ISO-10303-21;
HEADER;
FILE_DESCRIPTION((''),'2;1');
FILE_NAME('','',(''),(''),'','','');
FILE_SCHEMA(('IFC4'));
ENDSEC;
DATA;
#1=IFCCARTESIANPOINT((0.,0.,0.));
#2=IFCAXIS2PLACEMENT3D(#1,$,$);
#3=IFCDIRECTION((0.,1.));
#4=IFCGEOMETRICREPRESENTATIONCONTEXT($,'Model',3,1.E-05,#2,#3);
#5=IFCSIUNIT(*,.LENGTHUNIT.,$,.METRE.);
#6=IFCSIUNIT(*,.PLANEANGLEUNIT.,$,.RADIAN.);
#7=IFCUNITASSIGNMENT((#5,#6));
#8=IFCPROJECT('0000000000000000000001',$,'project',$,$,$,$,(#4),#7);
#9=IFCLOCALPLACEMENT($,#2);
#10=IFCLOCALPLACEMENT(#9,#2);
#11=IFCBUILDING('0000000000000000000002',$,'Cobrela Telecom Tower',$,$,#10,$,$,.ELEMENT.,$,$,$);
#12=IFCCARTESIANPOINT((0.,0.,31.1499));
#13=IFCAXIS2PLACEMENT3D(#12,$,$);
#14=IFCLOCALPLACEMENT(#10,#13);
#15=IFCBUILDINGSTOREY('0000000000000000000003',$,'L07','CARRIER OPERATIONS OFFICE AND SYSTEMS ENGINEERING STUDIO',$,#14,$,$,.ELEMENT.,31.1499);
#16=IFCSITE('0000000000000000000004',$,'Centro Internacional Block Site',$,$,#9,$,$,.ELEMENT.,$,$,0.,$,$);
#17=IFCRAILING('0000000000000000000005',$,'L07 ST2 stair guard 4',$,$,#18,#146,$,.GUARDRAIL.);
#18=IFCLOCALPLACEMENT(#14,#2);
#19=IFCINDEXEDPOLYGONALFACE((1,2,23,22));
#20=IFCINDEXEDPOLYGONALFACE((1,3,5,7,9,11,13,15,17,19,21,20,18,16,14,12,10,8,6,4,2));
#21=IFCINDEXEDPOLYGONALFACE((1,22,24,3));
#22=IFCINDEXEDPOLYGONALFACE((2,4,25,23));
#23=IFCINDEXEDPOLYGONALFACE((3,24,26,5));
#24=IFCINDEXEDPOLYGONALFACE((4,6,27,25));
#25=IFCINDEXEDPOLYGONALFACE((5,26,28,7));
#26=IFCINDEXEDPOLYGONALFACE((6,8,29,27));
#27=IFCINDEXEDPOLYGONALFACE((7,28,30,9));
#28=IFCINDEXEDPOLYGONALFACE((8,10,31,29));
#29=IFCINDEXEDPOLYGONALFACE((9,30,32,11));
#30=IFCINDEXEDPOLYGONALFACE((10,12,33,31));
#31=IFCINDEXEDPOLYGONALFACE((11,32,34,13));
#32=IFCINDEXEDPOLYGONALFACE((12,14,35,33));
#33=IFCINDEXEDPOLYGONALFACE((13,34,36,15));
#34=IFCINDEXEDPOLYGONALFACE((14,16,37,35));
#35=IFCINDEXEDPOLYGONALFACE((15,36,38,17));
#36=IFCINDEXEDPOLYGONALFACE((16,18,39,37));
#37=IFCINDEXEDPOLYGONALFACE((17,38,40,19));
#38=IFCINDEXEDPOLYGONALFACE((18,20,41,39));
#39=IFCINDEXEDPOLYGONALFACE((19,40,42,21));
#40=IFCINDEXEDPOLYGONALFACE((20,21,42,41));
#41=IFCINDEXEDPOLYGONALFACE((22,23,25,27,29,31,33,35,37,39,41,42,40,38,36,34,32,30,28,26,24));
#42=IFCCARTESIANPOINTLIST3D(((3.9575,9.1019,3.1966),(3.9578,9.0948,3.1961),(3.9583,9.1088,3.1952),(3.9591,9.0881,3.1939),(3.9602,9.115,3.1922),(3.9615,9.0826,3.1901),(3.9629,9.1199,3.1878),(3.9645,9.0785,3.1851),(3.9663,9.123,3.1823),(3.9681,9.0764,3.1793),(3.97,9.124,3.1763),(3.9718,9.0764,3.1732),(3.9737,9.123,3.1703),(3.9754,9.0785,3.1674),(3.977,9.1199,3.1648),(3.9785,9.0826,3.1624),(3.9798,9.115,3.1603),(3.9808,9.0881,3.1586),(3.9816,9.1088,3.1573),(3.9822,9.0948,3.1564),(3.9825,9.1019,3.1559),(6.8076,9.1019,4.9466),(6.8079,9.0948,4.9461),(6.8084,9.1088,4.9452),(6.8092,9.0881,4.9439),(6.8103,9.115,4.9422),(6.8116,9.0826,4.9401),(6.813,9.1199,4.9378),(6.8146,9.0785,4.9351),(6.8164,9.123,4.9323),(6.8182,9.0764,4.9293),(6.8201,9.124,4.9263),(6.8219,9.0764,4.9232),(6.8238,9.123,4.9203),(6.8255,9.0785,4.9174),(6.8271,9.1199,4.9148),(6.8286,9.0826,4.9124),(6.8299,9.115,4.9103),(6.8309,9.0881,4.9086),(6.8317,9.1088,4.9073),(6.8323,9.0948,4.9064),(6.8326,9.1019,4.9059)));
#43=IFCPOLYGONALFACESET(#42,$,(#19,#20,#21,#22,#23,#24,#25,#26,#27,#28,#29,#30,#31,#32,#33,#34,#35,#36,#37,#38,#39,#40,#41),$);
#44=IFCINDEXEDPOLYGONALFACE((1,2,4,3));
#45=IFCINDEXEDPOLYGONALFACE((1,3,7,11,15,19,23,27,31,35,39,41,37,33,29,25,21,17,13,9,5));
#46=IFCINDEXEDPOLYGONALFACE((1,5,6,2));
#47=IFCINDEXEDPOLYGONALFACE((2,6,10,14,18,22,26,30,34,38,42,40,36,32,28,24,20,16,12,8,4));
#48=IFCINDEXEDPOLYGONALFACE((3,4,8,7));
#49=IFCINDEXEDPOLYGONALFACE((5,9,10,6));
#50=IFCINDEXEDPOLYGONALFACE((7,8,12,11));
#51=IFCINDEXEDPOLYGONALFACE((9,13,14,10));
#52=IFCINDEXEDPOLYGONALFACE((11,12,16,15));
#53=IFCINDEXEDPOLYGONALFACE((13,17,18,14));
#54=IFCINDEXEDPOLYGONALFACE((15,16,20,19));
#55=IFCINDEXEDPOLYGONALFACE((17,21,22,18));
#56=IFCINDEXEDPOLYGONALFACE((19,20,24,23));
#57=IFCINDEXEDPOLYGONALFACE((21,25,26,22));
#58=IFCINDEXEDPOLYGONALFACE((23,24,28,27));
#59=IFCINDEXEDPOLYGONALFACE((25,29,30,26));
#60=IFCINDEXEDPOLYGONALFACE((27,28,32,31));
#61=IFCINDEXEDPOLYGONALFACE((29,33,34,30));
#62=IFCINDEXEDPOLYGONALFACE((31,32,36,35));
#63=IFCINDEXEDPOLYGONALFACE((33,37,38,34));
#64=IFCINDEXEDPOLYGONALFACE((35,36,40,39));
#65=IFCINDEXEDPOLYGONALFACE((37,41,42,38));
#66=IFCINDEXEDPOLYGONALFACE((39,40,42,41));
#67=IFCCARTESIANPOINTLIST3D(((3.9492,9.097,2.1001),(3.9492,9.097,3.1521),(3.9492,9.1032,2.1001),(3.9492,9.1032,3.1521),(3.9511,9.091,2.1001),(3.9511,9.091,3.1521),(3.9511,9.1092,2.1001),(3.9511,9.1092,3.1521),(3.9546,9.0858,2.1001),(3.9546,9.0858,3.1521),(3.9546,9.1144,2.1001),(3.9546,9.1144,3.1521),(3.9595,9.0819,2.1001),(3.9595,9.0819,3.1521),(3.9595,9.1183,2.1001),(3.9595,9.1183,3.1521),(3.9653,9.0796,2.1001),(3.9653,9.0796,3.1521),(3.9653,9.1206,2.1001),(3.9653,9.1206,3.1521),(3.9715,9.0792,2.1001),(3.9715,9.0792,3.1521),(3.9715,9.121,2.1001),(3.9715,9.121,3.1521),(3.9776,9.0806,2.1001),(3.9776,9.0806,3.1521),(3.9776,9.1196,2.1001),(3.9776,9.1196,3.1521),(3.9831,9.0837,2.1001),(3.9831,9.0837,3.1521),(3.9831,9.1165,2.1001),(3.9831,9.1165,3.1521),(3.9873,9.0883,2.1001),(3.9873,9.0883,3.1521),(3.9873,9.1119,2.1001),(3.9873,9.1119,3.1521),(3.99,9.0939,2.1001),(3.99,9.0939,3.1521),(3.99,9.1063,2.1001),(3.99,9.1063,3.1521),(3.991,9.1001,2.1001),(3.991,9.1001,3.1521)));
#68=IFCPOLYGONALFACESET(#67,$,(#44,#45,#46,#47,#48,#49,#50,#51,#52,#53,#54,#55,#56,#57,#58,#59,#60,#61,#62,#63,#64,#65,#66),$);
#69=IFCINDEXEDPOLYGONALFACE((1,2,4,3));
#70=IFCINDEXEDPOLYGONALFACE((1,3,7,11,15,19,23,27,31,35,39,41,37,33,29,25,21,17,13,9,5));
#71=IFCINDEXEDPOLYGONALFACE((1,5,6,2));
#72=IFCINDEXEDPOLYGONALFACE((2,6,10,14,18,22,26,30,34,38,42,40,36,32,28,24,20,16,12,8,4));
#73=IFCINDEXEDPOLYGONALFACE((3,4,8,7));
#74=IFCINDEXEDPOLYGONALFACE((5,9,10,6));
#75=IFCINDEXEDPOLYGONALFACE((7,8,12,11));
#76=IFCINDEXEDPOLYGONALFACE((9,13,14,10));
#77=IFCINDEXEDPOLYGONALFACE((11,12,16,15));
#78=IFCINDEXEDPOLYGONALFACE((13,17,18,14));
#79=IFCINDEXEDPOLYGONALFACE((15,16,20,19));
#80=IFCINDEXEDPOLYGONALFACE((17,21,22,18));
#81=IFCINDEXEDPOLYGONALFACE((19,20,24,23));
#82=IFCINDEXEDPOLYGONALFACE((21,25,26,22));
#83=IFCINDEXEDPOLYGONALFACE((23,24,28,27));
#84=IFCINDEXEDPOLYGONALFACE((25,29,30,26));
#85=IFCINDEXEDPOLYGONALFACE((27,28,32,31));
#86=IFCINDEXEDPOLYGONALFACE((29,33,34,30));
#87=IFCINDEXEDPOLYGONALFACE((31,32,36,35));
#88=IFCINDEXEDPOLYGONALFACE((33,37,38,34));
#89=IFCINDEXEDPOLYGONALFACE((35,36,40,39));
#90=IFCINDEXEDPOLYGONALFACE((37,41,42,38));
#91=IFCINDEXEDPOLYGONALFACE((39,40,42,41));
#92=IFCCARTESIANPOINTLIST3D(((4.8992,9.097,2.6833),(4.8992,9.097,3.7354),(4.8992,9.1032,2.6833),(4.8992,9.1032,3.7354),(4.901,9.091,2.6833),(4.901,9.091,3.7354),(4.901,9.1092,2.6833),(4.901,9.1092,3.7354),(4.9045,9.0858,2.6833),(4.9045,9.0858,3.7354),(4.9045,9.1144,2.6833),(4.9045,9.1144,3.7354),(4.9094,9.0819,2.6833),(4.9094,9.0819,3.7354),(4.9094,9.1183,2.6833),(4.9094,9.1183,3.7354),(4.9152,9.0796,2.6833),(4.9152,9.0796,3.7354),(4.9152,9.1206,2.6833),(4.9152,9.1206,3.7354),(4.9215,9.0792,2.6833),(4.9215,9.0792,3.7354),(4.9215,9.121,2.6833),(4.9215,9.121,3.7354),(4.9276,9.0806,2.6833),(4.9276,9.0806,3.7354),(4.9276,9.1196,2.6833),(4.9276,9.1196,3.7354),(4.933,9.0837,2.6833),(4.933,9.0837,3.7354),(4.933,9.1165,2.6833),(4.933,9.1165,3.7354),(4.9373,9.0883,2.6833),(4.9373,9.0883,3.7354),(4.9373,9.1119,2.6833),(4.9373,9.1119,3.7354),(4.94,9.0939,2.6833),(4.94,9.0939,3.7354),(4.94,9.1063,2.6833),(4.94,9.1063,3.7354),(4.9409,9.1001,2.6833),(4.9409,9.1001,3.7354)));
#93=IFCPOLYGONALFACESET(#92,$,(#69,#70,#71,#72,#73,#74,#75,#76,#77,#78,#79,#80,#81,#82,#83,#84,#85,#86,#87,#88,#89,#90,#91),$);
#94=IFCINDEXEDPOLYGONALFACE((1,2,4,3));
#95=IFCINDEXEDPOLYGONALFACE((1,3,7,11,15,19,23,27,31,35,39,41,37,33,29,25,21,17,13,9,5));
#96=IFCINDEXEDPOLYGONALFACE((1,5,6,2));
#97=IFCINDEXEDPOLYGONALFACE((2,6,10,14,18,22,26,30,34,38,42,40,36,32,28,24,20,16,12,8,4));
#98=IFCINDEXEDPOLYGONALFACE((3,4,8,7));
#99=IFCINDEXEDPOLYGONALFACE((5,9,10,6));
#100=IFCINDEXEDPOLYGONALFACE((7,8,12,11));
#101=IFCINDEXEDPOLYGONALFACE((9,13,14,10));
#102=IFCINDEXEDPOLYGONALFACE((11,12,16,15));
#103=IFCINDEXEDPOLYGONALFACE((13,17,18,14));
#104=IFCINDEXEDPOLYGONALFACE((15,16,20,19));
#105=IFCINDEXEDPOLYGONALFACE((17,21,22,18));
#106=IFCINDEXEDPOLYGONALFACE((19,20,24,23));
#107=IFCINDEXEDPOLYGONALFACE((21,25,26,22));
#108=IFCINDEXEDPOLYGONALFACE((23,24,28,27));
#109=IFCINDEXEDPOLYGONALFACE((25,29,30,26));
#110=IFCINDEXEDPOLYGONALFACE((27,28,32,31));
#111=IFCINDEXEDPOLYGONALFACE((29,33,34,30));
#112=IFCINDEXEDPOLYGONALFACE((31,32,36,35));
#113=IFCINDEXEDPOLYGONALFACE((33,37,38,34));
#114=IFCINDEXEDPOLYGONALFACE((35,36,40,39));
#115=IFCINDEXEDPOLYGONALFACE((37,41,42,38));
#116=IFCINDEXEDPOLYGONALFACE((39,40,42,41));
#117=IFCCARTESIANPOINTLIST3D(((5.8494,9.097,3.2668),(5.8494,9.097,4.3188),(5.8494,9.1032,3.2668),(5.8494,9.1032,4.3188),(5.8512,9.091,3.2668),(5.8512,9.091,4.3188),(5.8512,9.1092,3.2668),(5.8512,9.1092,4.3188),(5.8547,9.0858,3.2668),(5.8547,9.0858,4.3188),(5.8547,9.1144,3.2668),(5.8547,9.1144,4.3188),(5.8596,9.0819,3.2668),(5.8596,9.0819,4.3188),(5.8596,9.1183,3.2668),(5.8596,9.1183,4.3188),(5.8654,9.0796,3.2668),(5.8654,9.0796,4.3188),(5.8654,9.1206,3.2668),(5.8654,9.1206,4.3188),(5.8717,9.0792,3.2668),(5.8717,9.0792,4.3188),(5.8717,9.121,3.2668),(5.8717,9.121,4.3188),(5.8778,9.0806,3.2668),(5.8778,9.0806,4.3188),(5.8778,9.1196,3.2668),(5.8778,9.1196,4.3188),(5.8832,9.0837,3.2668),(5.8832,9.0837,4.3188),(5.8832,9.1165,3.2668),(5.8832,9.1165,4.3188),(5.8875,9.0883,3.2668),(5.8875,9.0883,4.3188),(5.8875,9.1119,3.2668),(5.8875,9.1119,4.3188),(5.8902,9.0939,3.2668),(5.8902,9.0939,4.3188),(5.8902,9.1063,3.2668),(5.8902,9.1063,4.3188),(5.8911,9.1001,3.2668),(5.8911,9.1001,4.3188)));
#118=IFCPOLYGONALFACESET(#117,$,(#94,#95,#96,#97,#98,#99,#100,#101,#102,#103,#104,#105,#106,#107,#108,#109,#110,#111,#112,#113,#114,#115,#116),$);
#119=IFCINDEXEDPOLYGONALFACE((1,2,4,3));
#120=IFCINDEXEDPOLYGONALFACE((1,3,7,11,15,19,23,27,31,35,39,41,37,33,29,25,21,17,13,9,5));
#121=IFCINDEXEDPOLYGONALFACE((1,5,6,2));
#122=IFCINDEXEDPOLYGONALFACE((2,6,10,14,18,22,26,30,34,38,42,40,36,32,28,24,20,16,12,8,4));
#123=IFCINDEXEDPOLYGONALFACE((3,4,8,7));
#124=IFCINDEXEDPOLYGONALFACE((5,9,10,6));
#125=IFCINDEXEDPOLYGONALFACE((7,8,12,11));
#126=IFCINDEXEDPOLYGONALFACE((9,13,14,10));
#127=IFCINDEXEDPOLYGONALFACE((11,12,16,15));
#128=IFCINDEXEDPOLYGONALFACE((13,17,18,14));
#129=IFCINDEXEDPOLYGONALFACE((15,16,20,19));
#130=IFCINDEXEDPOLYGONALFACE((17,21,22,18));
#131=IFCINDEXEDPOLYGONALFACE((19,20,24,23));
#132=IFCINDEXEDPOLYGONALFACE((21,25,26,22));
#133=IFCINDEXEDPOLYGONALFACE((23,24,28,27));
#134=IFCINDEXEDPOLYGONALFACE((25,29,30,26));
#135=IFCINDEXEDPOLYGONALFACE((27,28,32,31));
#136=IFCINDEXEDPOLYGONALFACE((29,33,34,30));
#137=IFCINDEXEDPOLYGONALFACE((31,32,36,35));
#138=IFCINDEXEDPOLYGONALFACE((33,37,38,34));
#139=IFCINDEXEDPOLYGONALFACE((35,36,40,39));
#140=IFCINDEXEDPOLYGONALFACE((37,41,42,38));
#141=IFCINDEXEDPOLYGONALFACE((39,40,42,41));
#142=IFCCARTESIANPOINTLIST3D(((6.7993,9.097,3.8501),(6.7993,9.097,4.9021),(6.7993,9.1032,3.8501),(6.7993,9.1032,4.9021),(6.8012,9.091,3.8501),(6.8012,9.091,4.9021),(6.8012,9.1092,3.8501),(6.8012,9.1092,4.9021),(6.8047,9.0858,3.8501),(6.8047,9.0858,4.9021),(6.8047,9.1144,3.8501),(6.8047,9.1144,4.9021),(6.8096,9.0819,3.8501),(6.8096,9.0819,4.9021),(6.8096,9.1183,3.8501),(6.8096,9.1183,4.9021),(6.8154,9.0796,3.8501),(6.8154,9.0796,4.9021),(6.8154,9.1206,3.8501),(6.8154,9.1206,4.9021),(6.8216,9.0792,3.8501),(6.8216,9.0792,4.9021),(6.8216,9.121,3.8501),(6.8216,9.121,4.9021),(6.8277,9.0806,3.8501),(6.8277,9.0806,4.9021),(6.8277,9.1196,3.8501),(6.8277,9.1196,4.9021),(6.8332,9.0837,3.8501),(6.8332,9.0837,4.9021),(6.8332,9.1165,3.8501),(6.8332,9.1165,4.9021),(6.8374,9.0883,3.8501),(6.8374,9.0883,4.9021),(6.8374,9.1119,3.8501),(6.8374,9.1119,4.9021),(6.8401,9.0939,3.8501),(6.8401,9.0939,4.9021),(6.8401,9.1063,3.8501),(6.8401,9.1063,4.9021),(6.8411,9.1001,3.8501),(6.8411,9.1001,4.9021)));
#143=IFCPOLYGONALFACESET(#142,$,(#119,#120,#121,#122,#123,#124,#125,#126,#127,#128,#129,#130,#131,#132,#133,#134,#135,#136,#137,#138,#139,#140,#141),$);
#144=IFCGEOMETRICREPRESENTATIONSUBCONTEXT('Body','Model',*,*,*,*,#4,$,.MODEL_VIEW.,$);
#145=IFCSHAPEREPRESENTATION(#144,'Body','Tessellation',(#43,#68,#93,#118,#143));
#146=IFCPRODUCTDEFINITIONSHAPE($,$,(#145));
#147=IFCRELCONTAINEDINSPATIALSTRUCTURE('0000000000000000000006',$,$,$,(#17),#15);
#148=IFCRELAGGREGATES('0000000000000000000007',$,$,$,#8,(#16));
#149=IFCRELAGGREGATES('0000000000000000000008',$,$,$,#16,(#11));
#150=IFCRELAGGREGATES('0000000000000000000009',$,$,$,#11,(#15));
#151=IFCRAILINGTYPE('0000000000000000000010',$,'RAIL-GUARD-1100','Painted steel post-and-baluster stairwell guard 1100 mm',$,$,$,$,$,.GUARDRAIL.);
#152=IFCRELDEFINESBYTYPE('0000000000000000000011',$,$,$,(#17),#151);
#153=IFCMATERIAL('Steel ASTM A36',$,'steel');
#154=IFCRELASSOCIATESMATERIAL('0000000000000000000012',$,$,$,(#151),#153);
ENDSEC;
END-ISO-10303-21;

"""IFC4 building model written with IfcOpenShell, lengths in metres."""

from ifc_helpers import new_model, si_unit, direction, frame, origin, origin_2d, place, context, subcontext, project, spatial, circle, extrude, material, type_object, element, save


model = new_model("IFC4")

# Units and contexts
model_context = context("Model", 3, precision=1e-05, world=origin(), true_north=direction((0.0, 1.0)))
body_context = subcontext(model_context, "Body", "Model", "MODEL_VIEW")
ifc_project = project(units=[si_unit("LENGTHUNIT", "METRE"), si_unit("PLANEANGLEUNIT", "RADIAN")], contexts=[model_context])

# Site, building, storey
site_placement = place(None, origin())
site = spatial("IfcSite", under=ifc_project, at=site_placement, Name="Centro Internacional Block Site", CompositionType="ELEMENT", RefElevation=0.0)
building_placement = place(site_placement, origin())
building = spatial("IfcBuilding", under=site, at=building_placement, Name="Cobrela Telecom Tower", CompositionType="ELEMENT")
storey_placement = place(building_placement, frame((0.0, 0.0, 31.1499)))
storey = spatial("IfcBuildingStorey", under=building, at=storey_placement, Name="L07", Description="CARRIER OPERATIONS OFFICE AND SYSTEMS ENGINEERING STUDIO", CompositionType="ELEMENT", Elevation=31.1499)

# Railing
ifc_material_1 = material(Name="Steel ASTM A36", Category="steel")
railing_type_1 = type_object("IfcRailingType", Name="RAIL-GUARD-1100", Description="Painted steel post-and-baluster stairwell guard 1100 mm", PredefinedType="GUARDRAIL", material=ifc_material_1)
railing_1_placement = place(storey_placement, frame((3.97, 9.1001, 2.1001)))
element("IfcRailing", 1, at=railing_1_placement, inside=storey, type_object=railing_type_1, Name="L07 ST2 stair guard 4", PredefinedType="GUARDRAIL", context=body_context, shape_type="SweptSolid", body=[
    extrude(circle(Radius=0.0239, at=origin_2d()), frame((0.0, 0.0, 1.0762), z_axis=(0.852179, 0.0, 0.52325), x_axis=(0.0, 1.0, 0.0)), (0.0, 0.0, 1.0), 3.3445),
    extrude(circle(Radius=0.021, at=origin_2d()), origin(), (0.0, 0.0, 1.0), 1.052),
    extrude(circle(Radius=0.021, at=origin_2d()), frame((0.95, 0.0, 0.5833)), (0.0, 0.0, 1.0), 1.052),
    extrude(circle(Radius=0.021, at=origin_2d()), frame((1.9001, 0.0, 1.1667)), (0.0, 0.0, 1.0), 1.052),
    extrude(circle(Radius=0.021, at=origin_2d()), frame((2.8501, 0.0, 1.75)), (0.0, 0.0, 1.0), 1.052),
])

save(model, "model.ifc")
